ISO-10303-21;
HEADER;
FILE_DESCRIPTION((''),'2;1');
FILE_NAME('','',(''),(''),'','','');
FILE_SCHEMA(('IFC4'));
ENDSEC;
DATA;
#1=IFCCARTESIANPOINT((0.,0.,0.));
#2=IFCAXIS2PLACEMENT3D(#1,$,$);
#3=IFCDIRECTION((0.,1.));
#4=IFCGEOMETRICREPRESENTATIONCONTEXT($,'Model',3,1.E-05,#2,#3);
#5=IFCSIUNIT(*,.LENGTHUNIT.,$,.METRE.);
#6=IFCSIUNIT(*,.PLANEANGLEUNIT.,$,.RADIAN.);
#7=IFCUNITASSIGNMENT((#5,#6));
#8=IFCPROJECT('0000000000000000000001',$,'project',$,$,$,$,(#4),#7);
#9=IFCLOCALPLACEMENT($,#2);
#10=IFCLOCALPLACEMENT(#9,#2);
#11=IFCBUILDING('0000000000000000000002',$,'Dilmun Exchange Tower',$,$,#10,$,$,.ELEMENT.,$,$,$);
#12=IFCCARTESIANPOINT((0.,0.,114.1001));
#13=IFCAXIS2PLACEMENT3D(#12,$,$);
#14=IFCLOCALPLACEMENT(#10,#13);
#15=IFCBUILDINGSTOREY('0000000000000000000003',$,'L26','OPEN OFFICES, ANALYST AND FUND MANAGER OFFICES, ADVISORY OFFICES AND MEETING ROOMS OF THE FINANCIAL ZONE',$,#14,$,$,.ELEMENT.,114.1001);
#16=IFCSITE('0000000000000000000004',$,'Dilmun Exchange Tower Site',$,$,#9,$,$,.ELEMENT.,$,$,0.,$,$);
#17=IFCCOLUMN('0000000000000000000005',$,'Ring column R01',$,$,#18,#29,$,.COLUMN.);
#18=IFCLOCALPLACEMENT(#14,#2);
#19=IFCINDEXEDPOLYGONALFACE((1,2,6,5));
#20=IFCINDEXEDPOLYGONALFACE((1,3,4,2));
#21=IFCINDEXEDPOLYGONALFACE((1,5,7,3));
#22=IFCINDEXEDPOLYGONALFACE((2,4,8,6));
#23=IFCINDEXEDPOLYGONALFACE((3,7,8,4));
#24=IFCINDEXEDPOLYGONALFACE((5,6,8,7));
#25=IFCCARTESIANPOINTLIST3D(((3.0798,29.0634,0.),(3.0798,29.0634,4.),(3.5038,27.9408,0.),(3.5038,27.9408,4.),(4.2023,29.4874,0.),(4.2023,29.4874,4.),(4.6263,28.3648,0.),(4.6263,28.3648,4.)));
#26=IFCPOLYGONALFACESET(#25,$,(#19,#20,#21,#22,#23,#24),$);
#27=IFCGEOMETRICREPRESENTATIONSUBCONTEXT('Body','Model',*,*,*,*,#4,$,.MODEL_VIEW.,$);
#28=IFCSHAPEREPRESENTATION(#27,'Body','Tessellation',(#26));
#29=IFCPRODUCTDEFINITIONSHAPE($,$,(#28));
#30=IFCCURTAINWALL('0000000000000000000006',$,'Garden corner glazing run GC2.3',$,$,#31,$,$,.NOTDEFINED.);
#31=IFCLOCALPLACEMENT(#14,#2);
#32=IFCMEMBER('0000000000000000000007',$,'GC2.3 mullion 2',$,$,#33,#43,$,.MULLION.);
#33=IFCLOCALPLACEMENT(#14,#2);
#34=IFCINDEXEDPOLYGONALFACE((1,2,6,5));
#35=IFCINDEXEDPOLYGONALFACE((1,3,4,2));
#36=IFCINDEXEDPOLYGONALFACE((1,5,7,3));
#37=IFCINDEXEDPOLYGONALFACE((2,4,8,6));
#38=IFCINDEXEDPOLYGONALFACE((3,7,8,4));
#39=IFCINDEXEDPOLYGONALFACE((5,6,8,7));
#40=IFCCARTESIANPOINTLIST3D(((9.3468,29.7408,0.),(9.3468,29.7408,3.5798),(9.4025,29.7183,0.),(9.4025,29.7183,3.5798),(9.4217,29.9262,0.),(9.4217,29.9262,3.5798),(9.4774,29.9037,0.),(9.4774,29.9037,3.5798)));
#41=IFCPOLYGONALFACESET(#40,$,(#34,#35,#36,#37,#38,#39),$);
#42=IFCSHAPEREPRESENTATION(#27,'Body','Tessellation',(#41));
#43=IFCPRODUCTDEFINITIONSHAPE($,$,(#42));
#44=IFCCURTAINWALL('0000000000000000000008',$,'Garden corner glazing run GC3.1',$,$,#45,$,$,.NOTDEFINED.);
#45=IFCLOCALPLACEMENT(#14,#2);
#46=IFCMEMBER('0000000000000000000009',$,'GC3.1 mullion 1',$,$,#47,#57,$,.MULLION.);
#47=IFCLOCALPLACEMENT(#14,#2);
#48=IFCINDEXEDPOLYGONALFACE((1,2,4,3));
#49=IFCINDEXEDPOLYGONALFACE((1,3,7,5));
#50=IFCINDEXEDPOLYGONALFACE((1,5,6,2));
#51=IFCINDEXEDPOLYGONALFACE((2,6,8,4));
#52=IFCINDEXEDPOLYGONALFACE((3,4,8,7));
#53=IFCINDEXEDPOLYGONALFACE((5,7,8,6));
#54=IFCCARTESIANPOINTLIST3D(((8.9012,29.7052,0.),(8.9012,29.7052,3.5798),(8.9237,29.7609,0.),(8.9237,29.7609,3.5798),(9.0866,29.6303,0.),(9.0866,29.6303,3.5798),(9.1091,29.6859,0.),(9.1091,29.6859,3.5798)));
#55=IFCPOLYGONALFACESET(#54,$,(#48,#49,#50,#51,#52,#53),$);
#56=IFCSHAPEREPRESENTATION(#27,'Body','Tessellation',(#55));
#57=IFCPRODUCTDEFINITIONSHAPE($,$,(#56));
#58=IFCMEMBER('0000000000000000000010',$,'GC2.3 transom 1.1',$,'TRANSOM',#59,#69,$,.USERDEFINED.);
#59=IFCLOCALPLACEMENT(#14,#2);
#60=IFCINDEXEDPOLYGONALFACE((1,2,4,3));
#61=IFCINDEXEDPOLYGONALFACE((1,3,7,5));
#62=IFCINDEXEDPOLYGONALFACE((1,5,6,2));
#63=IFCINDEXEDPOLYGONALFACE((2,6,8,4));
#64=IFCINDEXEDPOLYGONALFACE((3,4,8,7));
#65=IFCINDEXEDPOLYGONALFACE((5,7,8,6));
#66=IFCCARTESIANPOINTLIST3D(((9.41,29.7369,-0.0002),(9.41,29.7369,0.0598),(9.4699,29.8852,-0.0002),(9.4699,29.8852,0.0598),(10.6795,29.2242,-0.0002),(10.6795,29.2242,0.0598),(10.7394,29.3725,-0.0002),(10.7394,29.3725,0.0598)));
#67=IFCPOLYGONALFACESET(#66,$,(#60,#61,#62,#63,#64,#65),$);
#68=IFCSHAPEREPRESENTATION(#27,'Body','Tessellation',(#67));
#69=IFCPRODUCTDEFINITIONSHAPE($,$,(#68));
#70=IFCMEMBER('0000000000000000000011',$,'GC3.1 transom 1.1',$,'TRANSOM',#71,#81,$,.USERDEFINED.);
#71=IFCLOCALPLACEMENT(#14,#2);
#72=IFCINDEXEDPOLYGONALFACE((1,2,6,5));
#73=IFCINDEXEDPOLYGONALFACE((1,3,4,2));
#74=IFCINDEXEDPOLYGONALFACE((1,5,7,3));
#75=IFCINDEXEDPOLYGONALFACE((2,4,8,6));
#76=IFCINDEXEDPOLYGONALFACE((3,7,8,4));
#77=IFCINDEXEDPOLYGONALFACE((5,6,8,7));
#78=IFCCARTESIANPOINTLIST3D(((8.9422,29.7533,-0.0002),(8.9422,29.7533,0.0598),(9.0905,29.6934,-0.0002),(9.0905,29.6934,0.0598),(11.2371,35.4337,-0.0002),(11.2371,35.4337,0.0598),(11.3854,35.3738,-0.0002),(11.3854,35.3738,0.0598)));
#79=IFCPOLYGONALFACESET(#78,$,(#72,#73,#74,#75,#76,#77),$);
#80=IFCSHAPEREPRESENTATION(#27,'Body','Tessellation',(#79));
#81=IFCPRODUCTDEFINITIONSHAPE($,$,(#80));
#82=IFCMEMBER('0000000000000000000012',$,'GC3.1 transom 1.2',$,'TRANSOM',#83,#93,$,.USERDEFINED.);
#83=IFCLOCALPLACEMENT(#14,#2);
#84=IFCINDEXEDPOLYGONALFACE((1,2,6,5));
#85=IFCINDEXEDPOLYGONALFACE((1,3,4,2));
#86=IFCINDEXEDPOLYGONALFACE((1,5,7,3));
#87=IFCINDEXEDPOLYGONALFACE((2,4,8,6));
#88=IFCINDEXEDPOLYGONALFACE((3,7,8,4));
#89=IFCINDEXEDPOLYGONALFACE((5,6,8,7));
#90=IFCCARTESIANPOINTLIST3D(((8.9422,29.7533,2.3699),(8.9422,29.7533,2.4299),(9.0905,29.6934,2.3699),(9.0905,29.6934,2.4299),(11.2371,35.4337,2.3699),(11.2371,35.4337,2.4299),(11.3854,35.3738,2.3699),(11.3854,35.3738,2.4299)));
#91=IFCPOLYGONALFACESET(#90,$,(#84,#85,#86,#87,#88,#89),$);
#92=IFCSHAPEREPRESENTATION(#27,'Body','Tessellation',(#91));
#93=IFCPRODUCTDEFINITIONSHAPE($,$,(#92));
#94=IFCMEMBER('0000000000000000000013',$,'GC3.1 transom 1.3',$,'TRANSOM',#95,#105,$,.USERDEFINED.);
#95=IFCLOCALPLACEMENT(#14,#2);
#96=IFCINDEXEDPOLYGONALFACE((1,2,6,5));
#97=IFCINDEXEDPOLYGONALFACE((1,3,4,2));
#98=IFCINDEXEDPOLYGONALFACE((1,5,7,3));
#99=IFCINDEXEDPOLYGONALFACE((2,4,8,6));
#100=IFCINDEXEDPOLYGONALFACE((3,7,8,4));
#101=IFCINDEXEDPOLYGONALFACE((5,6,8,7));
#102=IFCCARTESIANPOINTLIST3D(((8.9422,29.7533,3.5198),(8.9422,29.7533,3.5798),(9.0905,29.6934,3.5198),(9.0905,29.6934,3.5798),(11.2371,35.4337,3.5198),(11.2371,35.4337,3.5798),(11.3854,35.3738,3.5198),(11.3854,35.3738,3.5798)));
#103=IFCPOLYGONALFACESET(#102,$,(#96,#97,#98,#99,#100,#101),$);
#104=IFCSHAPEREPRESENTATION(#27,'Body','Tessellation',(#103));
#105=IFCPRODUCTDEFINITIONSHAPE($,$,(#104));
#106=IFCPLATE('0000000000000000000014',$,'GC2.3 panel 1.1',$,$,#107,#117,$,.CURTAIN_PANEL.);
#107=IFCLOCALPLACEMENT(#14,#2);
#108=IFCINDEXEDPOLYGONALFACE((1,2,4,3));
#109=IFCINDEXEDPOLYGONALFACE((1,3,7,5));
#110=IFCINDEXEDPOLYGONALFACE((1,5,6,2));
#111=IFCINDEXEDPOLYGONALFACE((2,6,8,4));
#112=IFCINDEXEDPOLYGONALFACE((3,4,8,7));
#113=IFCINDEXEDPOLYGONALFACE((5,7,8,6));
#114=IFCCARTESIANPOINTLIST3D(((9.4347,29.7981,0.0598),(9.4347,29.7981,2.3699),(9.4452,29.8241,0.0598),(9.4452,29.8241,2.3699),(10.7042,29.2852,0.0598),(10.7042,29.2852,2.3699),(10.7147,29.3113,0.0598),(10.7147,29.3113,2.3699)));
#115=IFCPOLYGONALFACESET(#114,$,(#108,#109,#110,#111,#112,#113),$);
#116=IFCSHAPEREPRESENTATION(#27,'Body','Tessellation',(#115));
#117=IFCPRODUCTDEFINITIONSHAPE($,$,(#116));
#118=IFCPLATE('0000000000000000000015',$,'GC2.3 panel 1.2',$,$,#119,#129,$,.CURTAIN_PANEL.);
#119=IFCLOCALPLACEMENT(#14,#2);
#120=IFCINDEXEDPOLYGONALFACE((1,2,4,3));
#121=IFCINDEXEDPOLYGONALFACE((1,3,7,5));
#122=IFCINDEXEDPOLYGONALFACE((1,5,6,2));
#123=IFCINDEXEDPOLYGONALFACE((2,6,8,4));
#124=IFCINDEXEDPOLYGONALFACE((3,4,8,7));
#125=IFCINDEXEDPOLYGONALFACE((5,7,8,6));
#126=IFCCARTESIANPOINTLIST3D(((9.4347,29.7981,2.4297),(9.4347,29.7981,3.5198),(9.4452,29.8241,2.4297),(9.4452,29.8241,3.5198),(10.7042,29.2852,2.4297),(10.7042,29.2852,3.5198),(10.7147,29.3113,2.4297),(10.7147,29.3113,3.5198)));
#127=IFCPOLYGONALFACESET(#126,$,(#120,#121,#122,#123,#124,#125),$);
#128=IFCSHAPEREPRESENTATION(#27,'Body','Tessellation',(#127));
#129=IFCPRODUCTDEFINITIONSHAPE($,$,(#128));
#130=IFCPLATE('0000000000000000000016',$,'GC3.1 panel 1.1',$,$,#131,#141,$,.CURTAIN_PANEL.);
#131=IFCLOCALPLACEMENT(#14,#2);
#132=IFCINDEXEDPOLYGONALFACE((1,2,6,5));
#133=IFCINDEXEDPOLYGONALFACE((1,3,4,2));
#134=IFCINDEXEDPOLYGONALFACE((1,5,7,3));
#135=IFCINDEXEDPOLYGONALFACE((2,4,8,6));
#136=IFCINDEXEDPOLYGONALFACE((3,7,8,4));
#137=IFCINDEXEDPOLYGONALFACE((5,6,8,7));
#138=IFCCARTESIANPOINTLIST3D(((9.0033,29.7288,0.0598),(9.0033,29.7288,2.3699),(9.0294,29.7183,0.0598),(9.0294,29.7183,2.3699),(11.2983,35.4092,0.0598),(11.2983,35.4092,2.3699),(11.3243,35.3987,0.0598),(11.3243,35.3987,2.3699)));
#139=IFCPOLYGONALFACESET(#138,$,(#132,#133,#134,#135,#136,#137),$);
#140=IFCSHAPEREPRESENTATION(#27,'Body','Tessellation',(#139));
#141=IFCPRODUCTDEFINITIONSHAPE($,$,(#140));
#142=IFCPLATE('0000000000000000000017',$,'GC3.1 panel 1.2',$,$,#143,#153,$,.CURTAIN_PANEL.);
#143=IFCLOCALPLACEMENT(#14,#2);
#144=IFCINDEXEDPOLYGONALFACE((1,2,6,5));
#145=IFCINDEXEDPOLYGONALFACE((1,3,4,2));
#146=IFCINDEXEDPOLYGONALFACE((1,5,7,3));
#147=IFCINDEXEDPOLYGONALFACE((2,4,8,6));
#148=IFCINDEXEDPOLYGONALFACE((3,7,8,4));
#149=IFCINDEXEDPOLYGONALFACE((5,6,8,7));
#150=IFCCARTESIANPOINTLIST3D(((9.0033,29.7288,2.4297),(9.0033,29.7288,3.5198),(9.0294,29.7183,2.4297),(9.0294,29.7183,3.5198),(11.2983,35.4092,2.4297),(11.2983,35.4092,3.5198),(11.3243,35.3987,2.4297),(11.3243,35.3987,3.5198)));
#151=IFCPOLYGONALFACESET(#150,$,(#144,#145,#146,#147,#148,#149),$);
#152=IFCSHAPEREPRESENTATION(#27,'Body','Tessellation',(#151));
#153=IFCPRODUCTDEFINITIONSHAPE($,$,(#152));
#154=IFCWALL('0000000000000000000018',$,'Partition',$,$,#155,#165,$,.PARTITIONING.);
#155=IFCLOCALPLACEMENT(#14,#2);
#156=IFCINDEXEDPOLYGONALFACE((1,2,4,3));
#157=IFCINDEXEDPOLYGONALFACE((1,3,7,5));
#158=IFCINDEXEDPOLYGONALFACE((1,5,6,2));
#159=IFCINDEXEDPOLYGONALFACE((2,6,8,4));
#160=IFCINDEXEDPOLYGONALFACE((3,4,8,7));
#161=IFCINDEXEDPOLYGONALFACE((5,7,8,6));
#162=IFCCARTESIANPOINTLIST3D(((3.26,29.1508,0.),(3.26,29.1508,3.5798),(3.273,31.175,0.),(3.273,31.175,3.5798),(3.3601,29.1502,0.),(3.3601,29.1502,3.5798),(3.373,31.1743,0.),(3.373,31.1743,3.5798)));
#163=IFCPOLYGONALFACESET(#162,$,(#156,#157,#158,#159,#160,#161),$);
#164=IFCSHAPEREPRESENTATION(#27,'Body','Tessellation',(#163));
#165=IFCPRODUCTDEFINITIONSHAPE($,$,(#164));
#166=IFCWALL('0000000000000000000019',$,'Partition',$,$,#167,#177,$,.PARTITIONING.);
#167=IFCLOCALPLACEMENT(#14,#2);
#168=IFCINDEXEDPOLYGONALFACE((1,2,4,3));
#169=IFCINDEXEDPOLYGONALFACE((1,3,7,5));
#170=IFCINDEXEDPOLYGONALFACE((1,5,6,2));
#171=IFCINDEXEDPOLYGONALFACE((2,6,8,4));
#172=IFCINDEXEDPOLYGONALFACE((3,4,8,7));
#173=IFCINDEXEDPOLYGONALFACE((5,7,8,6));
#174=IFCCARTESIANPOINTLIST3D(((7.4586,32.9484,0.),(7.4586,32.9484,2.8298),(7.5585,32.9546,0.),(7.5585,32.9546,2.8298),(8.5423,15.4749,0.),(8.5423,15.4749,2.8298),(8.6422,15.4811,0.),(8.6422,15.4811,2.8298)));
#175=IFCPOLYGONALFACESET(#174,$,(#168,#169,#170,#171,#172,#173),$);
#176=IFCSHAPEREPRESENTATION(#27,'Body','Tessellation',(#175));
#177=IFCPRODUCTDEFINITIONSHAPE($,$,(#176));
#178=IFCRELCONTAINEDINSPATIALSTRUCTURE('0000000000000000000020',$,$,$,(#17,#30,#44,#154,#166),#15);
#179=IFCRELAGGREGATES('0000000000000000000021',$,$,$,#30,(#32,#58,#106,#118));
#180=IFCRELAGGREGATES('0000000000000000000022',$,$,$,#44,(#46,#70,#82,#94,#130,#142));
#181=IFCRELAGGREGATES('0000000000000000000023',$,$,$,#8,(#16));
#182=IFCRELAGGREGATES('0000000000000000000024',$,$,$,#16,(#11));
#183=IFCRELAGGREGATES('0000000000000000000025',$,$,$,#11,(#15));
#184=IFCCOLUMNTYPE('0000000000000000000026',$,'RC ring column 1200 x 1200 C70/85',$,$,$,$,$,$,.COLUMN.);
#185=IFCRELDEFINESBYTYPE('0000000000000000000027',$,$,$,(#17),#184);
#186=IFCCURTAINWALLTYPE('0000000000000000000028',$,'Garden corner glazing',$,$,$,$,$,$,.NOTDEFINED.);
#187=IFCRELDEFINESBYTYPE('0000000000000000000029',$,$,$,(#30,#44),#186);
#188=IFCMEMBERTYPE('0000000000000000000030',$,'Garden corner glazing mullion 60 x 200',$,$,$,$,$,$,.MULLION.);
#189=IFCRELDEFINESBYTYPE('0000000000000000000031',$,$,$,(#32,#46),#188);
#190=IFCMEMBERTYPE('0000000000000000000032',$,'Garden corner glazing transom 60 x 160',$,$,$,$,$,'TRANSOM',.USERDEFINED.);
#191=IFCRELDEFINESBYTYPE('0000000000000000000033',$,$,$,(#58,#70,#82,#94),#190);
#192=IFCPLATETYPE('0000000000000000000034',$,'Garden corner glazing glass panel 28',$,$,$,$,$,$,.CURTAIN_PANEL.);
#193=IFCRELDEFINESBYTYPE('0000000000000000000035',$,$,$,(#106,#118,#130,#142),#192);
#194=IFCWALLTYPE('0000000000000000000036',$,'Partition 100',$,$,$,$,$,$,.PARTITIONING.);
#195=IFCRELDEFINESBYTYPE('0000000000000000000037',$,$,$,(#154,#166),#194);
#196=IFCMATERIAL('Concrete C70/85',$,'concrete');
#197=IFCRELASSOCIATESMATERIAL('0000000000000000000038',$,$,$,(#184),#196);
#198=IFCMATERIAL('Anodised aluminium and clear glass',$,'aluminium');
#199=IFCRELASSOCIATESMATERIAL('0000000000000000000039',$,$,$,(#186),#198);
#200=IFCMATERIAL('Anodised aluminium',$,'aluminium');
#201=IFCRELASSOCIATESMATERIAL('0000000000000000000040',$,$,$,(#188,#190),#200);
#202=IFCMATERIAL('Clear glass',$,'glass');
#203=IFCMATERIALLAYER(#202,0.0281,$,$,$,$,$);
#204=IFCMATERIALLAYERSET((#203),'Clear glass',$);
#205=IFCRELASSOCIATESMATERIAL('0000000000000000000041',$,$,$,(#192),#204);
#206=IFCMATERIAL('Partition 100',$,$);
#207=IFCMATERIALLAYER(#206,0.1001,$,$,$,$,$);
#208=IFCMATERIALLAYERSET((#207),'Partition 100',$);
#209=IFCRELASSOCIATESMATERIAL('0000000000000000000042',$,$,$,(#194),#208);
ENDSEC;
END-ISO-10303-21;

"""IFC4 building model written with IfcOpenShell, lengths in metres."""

from ifc_helpers import new_model, si_unit, direction, frame, frame_2d, origin, origin_2d, place, context, subcontext, project, spatial, rectangle, extrude, material, layer, layer_set, material_profile, profile_set, type_object, element, aggregate, save


model = new_model("IFC4")

# Units and contexts
model_context = context("Model", 3, precision=1e-05, world=origin(), true_north=direction((0.0, 1.0)))
body_context = subcontext(model_context, "Body", "Model", "MODEL_VIEW")
ifc_project = project(units=[si_unit("LENGTHUNIT", "METRE"), si_unit("PLANEANGLEUNIT", "RADIAN")], contexts=[model_context])

# Site, building, storey
site_placement = place(None, origin())
site = spatial("IfcSite", under=ifc_project, at=site_placement, Name="Dilmun Exchange Tower Site", CompositionType="ELEMENT", RefElevation=0.0)
building_placement = place(site_placement, origin())
building = spatial("IfcBuilding", under=site, at=building_placement, Name="Dilmun Exchange Tower", CompositionType="ELEMENT")
storey_placement = place(building_placement, frame((0.0, 0.0, 114.1001)))
storey = spatial("IfcBuildingStorey", under=building, at=storey_placement, Name="L26", Description="OPEN OFFICES, ANALYST AND FUND MANAGER OFFICES, ADVISORY OFFICES AND MEETING ROOMS OF THE FINANCIAL ZONE", CompositionType="ELEMENT", Elevation=114.1001)

# Column
ifc_material_1 = material(Name="Concrete C70/85", Category="concrete")
ifc_material_profile_1 = material_profile(ifc_material_1, rectangle(XDim=1.2, YDim=1.2, at=origin_2d()), Name="1200 x 1200")
ifc_profile_set_1 = profile_set([ifc_material_profile_1], Name="Concrete C70/85")
column_type = type_object("IfcColumnType", Name="RC ring column 1200 x 1200 C70/85", PredefinedType="COLUMN", material=ifc_profile_set_1)
column_placement = place(storey_placement, frame((3.853, 28.7141, 0.0), z_axis=(0.0, 0.0, 1.0), x_axis=(0.935492, 0.353349, 0.0)))
element("IfcColumn", 1, at=column_placement, inside=storey, type_object=column_type, Name="Ring column R01", PredefinedType="COLUMN", context=body_context, shape_type="SweptSolid", body=[
    extrude(rectangle(XDim=1.2, YDim=1.2, at=origin_2d()), origin(), (0.0, 0.0, 1.0), 4.0),
])

# Curtain walls, members
ifc_material_2 = material(Name="Anodised aluminium and clear glass", Category="aluminium")
curtain_wall_type = type_object("IfcCurtainWallType", Name="Garden corner glazing", PredefinedType="NOTDEFINED", material=ifc_material_2)
curtain_wall_1_placement = place(storey_placement, origin())
curtain_wall_1 = element("IfcCurtainWall", 2, at=curtain_wall_1_placement, inside=storey, type_object=curtain_wall_type, Name="Garden corner glazing run GC2.3", PredefinedType="NOTDEFINED")
ifc_material_3 = material(Name="Anodised aluminium", Category="aluminium")
ifc_material_profile_2 = material_profile(ifc_material_3, rectangle(XDim=0.2, YDim=0.0601, at=origin_2d()), Name="AL 60x200")
ifc_profile_set_2 = profile_set([ifc_material_profile_2], Name="Anodised aluminium")
member_type_1 = type_object("IfcMemberType", Name="Garden corner glazing mullion 60 x 200", PredefinedType="MULLION", material=ifc_profile_set_2)
member_1_placement = place(storey_placement, frame((9.4121, 29.8223, 0.0), z_axis=(0.0, 0.0, 1.0), x_axis=(-0.374584, -0.927193, 0.0)))
member_1 = element("IfcMember", 3, at=member_1_placement, type_object=member_type_1, Name="GC2.3 mullion 2", PredefinedType="MULLION", context=body_context, shape_type="SweptSolid", body=[
    extrude(rectangle(XDim=0.2, YDim=0.0601, at=origin_2d()), origin(), (0.0, 0.0, 1.0), 3.5798),
])
curtain_wall_2_placement = place(storey_placement, origin())
curtain_wall_2 = element("IfcCurtainWall", 4, at=curtain_wall_2_placement, inside=storey, type_object=curtain_wall_type, Name="Garden corner glazing run GC3.1", PredefinedType="NOTDEFINED")
member_2_placement = place(storey_placement, frame((9.0051, 29.6956, 0.0), z_axis=(0.0, 0.0, 1.0), x_axis=(-0.927187, 0.374599, 0.0)))
member_2 = element("IfcMember", 5, at=member_2_placement, type_object=member_type_1, Name="GC3.1 mullion 1", PredefinedType="MULLION", context=body_context, shape_type="SweptSolid", body=[
    extrude(rectangle(XDim=0.2, YDim=0.0601, at=origin_2d()), origin(), (0.0, 0.0, 1.0), 3.5798),
])

# Members
ifc_material_profile_3 = material_profile(ifc_material_3, rectangle(XDim=0.1599, YDim=0.0601, at=origin_2d()), Name="AL 60x160")
ifc_profile_set_3 = profile_set([ifc_material_profile_3], Name="Anodised aluminium")
member_type_2 = type_object("IfcMemberType", Name="Garden corner glazing transom 60 x 160", ElementType="TRANSOM", PredefinedType="USERDEFINED", material=ifc_profile_set_3)
member_3_placement = place(storey_placement, frame((10.7095, 29.2983, 0.0298), z_axis=(-0.927242, 0.374463, 0.0), x_axis=(-0.374463, -0.927242, 0.0)))
member_3 = element("IfcMember", 6, at=member_3_placement, type_object=member_type_2, Name="GC2.3 transom 1.1", ObjectType="TRANSOM", PredefinedType="USERDEFINED", context=body_context, shape_type="SweptSolid", body=[
    extrude(rectangle(XDim=0.1599, YDim=0.0601, at=origin_2d()), origin(), (0.0, 0.0, 1.0), 1.3691),
])
member_4_placement = place(storey_placement, frame((9.0164, 29.7234, 0.0298), z_axis=(0.37459, 0.92719, 0.0), x_axis=(-0.92719, 0.37459, 0.0)))
member_4 = element("IfcMember", 7, at=member_4_placement, type_object=member_type_2, Name="GC3.1 transom 1.1", ObjectType="TRANSOM", PredefinedType="USERDEFINED", context=body_context, shape_type="SweptSolid", body=[
    extrude(rectangle(XDim=0.1599, YDim=0.0601, at=origin_2d()), origin(), (0.0, 0.0, 1.0), 6.1265),
])
member_5_placement = place(storey_placement, frame((9.0164, 29.7234, 2.3999), z_axis=(0.37459, 0.92719, 0.0), x_axis=(-0.92719, 0.37459, 0.0)))
member_5 = element("IfcMember", 8, at=member_5_placement, type_object=member_type_2, Name="GC3.1 transom 1.2", ObjectType="TRANSOM", PredefinedType="USERDEFINED", context=body_context, shape_type="SweptSolid", body=[
    extrude(rectangle(XDim=0.1599, YDim=0.0601, at=origin_2d()), origin(), (0.0, 0.0, 1.0), 6.1265),
])
member_6_placement = place(storey_placement, frame((9.0164, 29.7234, 3.5498), z_axis=(0.37459, 0.92719, 0.0), x_axis=(-0.92719, 0.37459, 0.0)))
member_6 = element("IfcMember", 9, at=member_6_placement, type_object=member_type_2, Name="GC3.1 transom 1.3", ObjectType="TRANSOM", PredefinedType="USERDEFINED", context=body_context, shape_type="SweptSolid", body=[
    extrude(rectangle(XDim=0.1599, YDim=0.0601, at=origin_2d()), origin(), (0.0, 0.0, 1.0), 6.1265),
])

# Plates
ifc_material_4 = material(Name="Clear glass", Category="glass")
ifc_layer_1 = layer(ifc_material_4, 0.0281)
ifc_layer_set_1 = layer_set([ifc_layer_1], Name="Clear glass")
plate_type = type_object("IfcPlateType", Name="Garden corner glazing glass panel 28", PredefinedType="CURTAIN_PANEL", material=ifc_layer_set_1)
plate_1_placement = place(storey_placement, frame((10.0747, 29.5547, 0.0598), z_axis=(0.0, 0.0, 1.0), x_axis=(-0.927193, 0.374584, 0.0)))
plate_1 = element("IfcPlate", 10, at=plate_1_placement, type_object=plate_type, Name="GC2.3 panel 1.1", PredefinedType="CURTAIN_PANEL", context=body_context, shape_type="SweptSolid", body=[
    extrude(rectangle(XDim=1.3691, YDim=0.0281, at=origin_2d()), origin(), (0.0, 0.0, 1.0), 2.3101),
])
plate_2_placement = place(storey_placement, frame((10.0747, 29.5547, 2.4297), z_axis=(0.0, 0.0, 1.0), x_axis=(-0.927193, 0.374584, 0.0)))
plate_2 = element("IfcPlate", 11, at=plate_2_placement, type_object=plate_type, Name="GC2.3 panel 1.2", PredefinedType="CURTAIN_PANEL", context=body_context, shape_type="SweptSolid", body=[
    extrude(rectangle(XDim=1.3691, YDim=0.0281, at=origin_2d()), origin(), (0.0, 0.0, 1.0), 1.0901),
])
aggregate(curtain_wall_1, [member_1, member_3, plate_1, plate_2])
plate_3_placement = place(storey_placement, frame((10.1638, 32.5637, 0.0598), z_axis=(0.0, 0.0, 1.0), x_axis=(0.374599, 0.927187, 0.0)))
plate_3 = element("IfcPlate", 12, at=plate_3_placement, type_object=plate_type, Name="GC3.1 panel 1.1", PredefinedType="CURTAIN_PANEL", context=body_context, shape_type="SweptSolid", body=[
    extrude(rectangle(XDim=6.1265, YDim=0.0281, at=origin_2d()), origin(), (0.0, 0.0, 1.0), 2.3101),
])
plate_4_placement = place(storey_placement, frame((10.1638, 32.5637, 2.4297), z_axis=(0.0, 0.0, 1.0), x_axis=(0.374599, 0.927187, 0.0)))
plate_4 = element("IfcPlate", 13, at=plate_4_placement, type_object=plate_type, Name="GC3.1 panel 1.2", PredefinedType="CURTAIN_PANEL", context=body_context, shape_type="SweptSolid", body=[
    extrude(rectangle(XDim=6.1265, YDim=0.0281, at=origin_2d()), origin(), (0.0, 0.0, 1.0), 1.0901),
])
aggregate(curtain_wall_2, [member_2, member_4, member_5, member_6, plate_3, plate_4])

# Walls
ifc_material_5 = material(Name="Partition 100")
ifc_layer_2 = layer(ifc_material_5, 0.1001)
ifc_layer_set_2 = layer_set([ifc_layer_2], Name="Partition 100")
wall_type = type_object("IfcWallType", Name="Partition 100", PredefinedType="PARTITIONING", material=ifc_layer_set_2)
wall_1_placement = place(storey_placement, frame((3.3101, 29.1504, 0.0), z_axis=(0.0, 0.0, 1.0), x_axis=(0.006392, 0.99998, 0.0)))
element("IfcWall", 14, at=wall_1_placement, inside=storey, type_object=wall_type, Name="Partition", PredefinedType="PARTITIONING", context=body_context, shape_type="SweptSolid", body=[
    extrude(rectangle(XDim=2.0242, YDim=0.1001, at=frame_2d((1.0122, 0.0))), origin(), (0.0, 0.0, 1.0), 3.5798),
])
wall_2_placement = place(storey_placement, frame((7.5085, 32.9514, 0.0), z_axis=(0.0, 0.0, 1.0), x_axis=(0.061903, -0.998082, 0.0)))
element("IfcWall", 15, at=wall_2_placement, inside=storey, type_object=wall_type, Name="Partition", PredefinedType="PARTITIONING", context=body_context, shape_type="SweptSolid", body=[
    extrude(rectangle(XDim=17.5071, YDim=0.1001, at=frame_2d((8.7534, 0.0))), origin(), (0.0, 0.0, 1.0), 2.8298),
])

save(model, "model.ifc")
